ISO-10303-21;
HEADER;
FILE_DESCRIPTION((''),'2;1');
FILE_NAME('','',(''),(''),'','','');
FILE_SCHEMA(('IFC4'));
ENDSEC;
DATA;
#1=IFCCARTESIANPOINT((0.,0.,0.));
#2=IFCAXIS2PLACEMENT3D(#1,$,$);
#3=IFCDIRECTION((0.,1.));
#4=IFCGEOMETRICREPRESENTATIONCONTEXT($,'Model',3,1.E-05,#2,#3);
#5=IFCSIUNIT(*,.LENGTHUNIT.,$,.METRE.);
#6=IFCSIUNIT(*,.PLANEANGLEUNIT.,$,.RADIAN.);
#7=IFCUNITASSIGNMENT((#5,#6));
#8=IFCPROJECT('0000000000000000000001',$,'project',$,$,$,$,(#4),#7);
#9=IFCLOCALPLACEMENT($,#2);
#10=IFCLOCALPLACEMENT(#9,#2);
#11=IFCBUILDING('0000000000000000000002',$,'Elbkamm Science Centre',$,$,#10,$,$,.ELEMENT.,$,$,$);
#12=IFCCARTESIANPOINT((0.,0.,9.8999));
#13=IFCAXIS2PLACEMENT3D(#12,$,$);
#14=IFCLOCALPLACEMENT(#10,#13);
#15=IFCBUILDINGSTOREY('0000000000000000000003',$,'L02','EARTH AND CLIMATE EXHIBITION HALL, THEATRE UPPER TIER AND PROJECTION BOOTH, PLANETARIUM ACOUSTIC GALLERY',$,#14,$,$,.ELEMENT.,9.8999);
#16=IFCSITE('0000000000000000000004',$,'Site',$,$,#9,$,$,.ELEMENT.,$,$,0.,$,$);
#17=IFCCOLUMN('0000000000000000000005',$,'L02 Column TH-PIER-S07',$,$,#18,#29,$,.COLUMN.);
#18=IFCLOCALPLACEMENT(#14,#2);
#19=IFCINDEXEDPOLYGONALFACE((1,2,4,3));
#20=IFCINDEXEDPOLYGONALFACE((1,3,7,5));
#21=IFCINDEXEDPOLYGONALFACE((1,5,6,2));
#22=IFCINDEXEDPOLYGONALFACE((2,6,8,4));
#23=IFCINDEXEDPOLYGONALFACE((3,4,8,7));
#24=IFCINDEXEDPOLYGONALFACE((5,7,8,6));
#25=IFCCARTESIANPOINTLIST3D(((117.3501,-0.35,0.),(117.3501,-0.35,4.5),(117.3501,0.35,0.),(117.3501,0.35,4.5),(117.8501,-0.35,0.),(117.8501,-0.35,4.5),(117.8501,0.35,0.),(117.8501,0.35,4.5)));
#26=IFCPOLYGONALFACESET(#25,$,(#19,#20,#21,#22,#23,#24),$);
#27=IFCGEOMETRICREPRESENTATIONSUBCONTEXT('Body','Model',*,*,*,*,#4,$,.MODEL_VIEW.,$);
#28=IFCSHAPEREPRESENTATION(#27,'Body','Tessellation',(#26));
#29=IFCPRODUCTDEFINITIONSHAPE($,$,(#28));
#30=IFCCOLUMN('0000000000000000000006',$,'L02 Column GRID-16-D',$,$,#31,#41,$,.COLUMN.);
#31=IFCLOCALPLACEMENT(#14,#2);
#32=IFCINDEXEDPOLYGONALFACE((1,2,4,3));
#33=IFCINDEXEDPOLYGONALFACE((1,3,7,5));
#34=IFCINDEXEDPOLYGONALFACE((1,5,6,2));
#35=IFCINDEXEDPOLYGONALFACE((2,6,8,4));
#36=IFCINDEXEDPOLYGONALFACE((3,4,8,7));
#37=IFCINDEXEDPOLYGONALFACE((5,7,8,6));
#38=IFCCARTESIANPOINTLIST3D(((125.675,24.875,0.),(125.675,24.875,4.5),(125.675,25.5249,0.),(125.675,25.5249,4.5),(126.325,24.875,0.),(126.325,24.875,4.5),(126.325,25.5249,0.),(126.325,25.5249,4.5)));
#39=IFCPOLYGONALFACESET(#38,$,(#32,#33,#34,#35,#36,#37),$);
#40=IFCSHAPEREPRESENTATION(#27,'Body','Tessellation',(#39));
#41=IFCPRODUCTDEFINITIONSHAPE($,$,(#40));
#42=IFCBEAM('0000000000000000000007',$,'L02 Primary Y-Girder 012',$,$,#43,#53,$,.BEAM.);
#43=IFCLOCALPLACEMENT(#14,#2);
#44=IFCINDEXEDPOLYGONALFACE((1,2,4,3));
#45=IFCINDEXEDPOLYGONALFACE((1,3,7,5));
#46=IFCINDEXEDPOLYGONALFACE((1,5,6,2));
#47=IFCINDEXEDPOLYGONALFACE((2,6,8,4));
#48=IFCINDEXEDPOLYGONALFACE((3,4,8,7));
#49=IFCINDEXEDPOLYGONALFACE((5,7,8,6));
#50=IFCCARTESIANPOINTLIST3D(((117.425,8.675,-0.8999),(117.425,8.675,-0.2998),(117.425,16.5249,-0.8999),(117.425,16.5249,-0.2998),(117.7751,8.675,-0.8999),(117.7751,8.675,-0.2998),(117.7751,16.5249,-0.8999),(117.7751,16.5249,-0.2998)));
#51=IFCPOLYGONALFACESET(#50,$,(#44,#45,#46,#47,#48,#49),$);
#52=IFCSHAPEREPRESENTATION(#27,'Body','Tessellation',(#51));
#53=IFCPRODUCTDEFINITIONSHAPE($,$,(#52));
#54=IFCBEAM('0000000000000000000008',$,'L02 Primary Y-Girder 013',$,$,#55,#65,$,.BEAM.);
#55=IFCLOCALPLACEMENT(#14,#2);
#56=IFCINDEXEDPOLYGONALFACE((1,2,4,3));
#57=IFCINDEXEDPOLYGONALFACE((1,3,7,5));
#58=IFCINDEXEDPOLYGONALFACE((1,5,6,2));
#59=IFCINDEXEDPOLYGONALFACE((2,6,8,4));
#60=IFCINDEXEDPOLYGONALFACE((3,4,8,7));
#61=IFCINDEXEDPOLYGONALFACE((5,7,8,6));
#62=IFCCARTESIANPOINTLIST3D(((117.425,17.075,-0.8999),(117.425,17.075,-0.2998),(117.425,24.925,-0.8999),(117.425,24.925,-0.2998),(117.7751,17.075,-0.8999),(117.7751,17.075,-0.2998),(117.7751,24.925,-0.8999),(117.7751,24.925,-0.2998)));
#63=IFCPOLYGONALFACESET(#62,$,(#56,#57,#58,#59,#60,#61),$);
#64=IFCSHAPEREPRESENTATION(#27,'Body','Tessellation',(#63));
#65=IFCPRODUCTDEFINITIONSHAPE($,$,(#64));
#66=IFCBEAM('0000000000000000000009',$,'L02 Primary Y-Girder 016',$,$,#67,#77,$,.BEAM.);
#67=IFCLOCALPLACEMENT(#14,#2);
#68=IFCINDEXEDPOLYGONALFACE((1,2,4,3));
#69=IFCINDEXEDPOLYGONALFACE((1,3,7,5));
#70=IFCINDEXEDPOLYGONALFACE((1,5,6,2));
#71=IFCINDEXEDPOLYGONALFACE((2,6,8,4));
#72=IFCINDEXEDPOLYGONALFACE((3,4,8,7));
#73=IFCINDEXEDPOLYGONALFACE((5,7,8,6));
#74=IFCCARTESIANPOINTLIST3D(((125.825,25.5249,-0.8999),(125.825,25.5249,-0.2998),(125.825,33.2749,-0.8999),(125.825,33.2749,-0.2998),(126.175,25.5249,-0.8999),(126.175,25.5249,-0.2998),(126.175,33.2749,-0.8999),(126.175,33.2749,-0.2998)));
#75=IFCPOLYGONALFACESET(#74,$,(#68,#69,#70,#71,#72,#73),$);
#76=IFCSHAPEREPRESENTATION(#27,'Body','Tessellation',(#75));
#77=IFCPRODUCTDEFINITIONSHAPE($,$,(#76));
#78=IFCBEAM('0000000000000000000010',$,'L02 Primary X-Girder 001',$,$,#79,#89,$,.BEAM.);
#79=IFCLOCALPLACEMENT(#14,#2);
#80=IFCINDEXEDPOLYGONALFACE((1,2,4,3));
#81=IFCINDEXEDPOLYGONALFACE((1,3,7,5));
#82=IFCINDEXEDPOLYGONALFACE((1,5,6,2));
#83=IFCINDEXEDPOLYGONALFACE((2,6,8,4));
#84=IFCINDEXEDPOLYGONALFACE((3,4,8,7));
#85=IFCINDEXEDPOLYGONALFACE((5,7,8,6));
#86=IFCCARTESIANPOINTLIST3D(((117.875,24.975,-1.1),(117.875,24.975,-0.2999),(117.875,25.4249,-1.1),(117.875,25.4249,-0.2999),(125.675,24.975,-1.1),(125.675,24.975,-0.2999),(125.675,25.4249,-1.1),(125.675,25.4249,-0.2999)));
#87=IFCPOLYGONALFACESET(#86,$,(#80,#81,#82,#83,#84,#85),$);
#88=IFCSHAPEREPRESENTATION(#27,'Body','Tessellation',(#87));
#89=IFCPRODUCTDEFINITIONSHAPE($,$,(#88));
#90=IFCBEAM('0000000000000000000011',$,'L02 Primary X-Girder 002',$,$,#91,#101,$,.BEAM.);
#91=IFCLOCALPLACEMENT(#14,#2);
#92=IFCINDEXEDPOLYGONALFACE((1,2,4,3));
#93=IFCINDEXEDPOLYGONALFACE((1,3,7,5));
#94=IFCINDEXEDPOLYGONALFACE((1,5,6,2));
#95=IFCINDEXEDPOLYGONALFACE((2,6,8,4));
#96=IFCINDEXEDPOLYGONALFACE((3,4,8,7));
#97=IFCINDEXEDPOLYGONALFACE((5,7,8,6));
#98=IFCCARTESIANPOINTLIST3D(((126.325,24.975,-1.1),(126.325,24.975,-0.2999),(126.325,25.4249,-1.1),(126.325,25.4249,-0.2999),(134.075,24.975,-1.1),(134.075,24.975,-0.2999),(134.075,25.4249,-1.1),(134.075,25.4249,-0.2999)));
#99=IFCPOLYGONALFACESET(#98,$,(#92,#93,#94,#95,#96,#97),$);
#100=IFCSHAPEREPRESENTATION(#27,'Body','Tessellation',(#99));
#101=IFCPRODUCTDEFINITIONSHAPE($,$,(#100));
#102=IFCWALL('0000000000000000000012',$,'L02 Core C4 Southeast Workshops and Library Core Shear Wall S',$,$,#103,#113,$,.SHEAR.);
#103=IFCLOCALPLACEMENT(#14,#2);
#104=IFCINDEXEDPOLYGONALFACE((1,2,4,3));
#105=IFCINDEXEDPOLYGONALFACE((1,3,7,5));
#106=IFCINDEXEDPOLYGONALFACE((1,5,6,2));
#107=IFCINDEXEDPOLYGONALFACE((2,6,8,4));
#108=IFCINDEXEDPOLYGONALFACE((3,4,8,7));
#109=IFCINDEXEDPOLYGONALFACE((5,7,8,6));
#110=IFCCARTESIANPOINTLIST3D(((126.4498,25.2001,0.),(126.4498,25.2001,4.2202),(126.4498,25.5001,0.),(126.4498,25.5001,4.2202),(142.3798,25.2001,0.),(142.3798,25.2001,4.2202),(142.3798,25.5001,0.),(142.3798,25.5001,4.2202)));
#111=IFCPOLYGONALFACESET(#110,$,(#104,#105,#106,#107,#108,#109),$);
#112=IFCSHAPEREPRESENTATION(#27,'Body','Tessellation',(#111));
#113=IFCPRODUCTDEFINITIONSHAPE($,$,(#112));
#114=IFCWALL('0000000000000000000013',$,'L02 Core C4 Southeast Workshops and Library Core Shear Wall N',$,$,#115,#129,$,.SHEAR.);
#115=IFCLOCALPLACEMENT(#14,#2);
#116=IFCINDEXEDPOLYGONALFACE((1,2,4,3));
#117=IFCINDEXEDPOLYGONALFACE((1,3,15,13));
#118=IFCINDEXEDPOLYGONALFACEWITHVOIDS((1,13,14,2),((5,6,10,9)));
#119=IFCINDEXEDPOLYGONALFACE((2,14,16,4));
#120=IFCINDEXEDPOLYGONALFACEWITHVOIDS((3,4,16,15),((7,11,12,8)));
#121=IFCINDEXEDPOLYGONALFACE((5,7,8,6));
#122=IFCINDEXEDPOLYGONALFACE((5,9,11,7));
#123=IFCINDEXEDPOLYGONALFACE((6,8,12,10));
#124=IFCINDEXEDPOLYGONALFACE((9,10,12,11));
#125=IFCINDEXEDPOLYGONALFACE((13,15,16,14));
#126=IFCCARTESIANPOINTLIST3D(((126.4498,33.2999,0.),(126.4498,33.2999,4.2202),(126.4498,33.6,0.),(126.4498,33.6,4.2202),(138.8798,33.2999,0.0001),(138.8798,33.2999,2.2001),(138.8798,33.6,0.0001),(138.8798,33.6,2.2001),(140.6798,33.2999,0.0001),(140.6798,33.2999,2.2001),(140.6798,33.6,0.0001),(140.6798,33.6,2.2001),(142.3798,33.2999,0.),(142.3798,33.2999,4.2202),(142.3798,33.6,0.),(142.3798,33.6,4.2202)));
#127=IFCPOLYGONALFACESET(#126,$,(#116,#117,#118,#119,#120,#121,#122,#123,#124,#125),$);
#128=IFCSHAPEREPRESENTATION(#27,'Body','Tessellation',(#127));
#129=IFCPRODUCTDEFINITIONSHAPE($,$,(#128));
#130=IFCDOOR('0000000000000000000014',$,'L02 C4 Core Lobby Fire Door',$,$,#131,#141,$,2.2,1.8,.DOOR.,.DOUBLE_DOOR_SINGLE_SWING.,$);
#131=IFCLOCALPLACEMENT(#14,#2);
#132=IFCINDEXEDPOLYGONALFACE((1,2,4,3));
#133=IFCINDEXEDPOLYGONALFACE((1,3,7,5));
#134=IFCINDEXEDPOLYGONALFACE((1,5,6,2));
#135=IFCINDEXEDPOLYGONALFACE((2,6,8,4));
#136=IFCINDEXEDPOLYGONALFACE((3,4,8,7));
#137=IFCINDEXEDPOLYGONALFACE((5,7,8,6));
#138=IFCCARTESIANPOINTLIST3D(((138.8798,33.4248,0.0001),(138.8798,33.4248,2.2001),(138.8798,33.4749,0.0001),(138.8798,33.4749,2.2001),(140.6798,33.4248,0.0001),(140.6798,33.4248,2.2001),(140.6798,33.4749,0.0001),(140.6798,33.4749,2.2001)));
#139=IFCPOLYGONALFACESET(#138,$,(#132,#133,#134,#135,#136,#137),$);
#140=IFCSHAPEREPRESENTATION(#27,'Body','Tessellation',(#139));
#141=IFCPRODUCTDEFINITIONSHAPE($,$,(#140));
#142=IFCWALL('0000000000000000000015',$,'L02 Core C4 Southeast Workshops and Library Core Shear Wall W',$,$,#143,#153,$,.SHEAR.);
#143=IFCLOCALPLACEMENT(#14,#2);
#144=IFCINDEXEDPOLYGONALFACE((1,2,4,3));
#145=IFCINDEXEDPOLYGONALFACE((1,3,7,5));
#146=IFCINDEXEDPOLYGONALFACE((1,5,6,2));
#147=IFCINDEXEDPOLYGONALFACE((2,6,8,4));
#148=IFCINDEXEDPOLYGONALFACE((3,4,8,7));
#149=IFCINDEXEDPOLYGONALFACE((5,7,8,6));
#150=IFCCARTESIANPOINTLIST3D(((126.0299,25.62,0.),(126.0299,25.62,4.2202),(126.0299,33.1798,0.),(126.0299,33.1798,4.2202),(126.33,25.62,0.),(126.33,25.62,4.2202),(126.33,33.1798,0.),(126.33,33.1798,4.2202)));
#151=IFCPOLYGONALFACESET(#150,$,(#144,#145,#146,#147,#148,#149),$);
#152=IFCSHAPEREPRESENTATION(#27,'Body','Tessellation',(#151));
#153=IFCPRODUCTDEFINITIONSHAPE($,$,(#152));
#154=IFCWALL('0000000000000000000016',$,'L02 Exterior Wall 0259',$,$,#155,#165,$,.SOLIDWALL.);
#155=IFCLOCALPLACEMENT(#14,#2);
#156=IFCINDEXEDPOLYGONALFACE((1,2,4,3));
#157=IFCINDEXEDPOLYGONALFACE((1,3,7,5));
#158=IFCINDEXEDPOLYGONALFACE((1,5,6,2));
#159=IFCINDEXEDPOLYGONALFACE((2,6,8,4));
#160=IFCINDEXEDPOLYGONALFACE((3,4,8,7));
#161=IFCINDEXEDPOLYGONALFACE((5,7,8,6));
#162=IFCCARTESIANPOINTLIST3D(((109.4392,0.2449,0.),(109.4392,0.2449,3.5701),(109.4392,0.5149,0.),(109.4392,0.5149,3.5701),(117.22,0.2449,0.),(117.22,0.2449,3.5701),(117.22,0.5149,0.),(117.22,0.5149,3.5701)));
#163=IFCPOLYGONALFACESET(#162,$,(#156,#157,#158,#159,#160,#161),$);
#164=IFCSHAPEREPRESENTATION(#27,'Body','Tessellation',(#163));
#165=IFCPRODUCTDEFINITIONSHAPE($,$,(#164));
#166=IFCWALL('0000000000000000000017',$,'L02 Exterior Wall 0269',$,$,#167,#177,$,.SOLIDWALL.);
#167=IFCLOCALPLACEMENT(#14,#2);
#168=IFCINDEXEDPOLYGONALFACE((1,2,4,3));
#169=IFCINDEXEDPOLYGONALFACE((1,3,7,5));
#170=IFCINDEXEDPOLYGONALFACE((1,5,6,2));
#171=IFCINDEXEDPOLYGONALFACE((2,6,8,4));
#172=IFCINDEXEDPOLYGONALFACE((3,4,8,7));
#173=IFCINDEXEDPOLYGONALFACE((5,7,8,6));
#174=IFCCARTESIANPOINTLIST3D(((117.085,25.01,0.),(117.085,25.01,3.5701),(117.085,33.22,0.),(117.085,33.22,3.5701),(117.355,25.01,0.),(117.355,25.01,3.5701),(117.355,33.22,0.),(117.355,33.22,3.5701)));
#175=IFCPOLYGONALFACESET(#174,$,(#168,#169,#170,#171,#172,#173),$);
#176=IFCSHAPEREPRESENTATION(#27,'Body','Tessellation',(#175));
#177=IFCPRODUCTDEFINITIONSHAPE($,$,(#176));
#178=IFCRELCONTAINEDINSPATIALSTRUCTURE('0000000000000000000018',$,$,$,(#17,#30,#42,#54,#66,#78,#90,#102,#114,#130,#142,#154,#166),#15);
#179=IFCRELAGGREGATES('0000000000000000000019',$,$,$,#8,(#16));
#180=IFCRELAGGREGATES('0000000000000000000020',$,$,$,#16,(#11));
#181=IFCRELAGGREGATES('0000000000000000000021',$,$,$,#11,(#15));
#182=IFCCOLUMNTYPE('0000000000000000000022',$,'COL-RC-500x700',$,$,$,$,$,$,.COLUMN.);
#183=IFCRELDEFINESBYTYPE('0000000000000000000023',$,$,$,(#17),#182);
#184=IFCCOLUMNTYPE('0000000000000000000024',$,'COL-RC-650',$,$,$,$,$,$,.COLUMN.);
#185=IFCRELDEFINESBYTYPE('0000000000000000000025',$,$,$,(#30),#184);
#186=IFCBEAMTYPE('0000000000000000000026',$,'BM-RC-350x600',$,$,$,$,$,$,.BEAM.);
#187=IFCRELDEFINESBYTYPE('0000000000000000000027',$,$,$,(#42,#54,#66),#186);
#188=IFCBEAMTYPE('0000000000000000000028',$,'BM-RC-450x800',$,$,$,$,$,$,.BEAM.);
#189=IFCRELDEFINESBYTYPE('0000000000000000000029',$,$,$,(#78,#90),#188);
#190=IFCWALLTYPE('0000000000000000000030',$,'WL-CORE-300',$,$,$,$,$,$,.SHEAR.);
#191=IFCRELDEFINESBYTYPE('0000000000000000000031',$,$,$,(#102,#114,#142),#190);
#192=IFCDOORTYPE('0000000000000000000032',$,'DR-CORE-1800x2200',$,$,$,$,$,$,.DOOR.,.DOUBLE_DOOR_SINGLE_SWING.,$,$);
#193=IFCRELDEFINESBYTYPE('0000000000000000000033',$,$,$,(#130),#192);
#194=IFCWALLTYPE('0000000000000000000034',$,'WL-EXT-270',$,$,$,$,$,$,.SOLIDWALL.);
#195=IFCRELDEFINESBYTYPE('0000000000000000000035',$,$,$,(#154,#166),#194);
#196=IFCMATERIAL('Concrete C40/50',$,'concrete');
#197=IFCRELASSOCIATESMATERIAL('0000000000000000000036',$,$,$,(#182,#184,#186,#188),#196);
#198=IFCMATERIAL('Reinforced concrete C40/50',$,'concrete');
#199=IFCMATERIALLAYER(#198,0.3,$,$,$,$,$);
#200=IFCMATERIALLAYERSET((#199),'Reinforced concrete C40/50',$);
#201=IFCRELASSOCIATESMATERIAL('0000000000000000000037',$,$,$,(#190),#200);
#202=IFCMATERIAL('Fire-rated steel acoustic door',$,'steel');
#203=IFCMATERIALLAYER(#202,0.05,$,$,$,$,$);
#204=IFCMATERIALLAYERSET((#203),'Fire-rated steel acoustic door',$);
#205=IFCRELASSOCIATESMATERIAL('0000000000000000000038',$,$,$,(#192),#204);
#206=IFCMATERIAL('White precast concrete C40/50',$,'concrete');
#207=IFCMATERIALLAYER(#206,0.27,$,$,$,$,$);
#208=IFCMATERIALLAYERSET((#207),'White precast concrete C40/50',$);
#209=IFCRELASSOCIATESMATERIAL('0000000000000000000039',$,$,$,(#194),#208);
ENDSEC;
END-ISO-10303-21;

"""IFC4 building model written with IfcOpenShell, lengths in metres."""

from ifc_helpers import new_model, si_unit, direction, frame, frame_2d, origin, origin_2d, place, context, subcontext, project, spatial, rectangle, extrude, material, layer, layer_set, material_profile, profile_set, type_object, element, fill, save


model = new_model("IFC4")

# Units and contexts
model_context = context("Model", 3, precision=1e-05, world=origin(), true_north=direction((0.0, 1.0)))
body_context = subcontext(model_context, "Body", "Model", "MODEL_VIEW")
ifc_project = project(units=[si_unit("LENGTHUNIT", "METRE"), si_unit("PLANEANGLEUNIT", "RADIAN")], contexts=[model_context])

# Site, building, storey
site_placement = place(None, origin())
site = spatial("IfcSite", under=ifc_project, at=site_placement, Name="Site", CompositionType="ELEMENT", RefElevation=0.0)
building_placement = place(site_placement, origin())
building = spatial("IfcBuilding", under=site, at=building_placement, Name="Elbkamm Science Centre", CompositionType="ELEMENT")
storey_placement = place(building_placement, frame((0.0, 0.0, 9.8999)))
storey = spatial("IfcBuildingStorey", under=building, at=storey_placement, Name="L02", Description="EARTH AND CLIMATE EXHIBITION HALL, THEATRE UPPER TIER AND PROJECTION BOOTH, PLANETARIUM ACOUSTIC GALLERY", CompositionType="ELEMENT", Elevation=9.8999)

# Columns
ifc_material_1 = material(Name="Concrete C40/50", Category="concrete")
ifc_material_profile_1 = material_profile(ifc_material_1, rectangle(XDim=0.5, YDim=0.7, at=origin_2d()), Name="RC 500x700")
ifc_profile_set_1 = profile_set([ifc_material_profile_1], Name="Concrete C40/50")
column_type_1 = type_object("IfcColumnType", Name="COL-RC-500x700", PredefinedType="COLUMN", material=ifc_profile_set_1)
column_1_placement = place(storey_placement, frame((117.6001, 0.0, 0.0), z_axis=(0.0, 0.0, 1.0), x_axis=(1.0, 0.0, 0.0)))
element("IfcColumn", 1, at=column_1_placement, inside=storey, type_object=column_type_1, Name="L02 Column TH-PIER-S07", PredefinedType="COLUMN", context=body_context, shape_type="SweptSolid", body=[
    extrude(rectangle(XDim=0.5, YDim=0.7, at=origin_2d()), origin(), (0.0, 0.0, 1.0), 4.5),
])
ifc_material_profile_2 = material_profile(ifc_material_1, rectangle(XDim=0.6499, YDim=0.6499, at=origin_2d()), Name="RC 650x650")
ifc_profile_set_2 = profile_set([ifc_material_profile_2], Name="Concrete C40/50")
column_type_2 = type_object("IfcColumnType", Name="COL-RC-650", PredefinedType="COLUMN", material=ifc_profile_set_2)
column_2_placement = place(storey_placement, frame((126.0, 25.2, 0.0), z_axis=(0.0, 0.0, 1.0), x_axis=(1.0, 0.0, 0.0)))
element("IfcColumn", 2, at=column_2_placement, inside=storey, type_object=column_type_2, Name="L02 Column GRID-16-D", PredefinedType="COLUMN", context=body_context, shape_type="SweptSolid", body=[
    extrude(rectangle(XDim=0.6499, YDim=0.6499, at=origin_2d()), origin(), (0.0, 0.0, 1.0), 4.5),
])

# Beams
ifc_material_profile_3 = material_profile(ifc_material_1, rectangle(XDim=0.3501, YDim=0.6001, at=origin_2d()), Name="RC 350x600")
ifc_profile_set_3 = profile_set([ifc_material_profile_3], Name="Concrete C40/50")
beam_type_1 = type_object("IfcBeamType", Name="BM-RC-350x600", PredefinedType="BEAM", material=ifc_profile_set_3)
beam_1_placement = place(storey_placement, frame((117.6001, 8.675, -0.5999), z_axis=(0.0, 1.0, 0.0), x_axis=(-1.0, 0.0, 0.0)))
element("IfcBeam", 3, at=beam_1_placement, inside=storey, type_object=beam_type_1, Name="L02 Primary Y-Girder 012", PredefinedType="BEAM", context=body_context, shape_type="SweptSolid", body=[
    extrude(rectangle(XDim=0.3501, YDim=0.6001, at=origin_2d()), origin(), (0.0, 0.0, 1.0), 7.8499),
])
beam_2_placement = place(storey_placement, frame((117.6001, 17.075, -0.5999), z_axis=(0.0, 1.0, 0.0), x_axis=(-1.0, 0.0, 0.0)))
element("IfcBeam", 4, at=beam_2_placement, inside=storey, type_object=beam_type_1, Name="L02 Primary Y-Girder 013", PredefinedType="BEAM", context=body_context, shape_type="SweptSolid", body=[
    extrude(rectangle(XDim=0.3501, YDim=0.6001, at=origin_2d()), origin(), (0.0, 0.0, 1.0), 7.8501),
])
beam_3_placement = place(storey_placement, frame((126.0, 25.5249, -0.5999), z_axis=(0.0, 1.0, 0.0), x_axis=(-1.0, 0.0, 0.0)))
element("IfcBeam", 5, at=beam_3_placement, inside=storey, type_object=beam_type_1, Name="L02 Primary Y-Girder 016", PredefinedType="BEAM", context=body_context, shape_type="SweptSolid", body=[
    extrude(rectangle(XDim=0.3501, YDim=0.6001, at=origin_2d()), origin(), (0.0, 0.0, 1.0), 7.75),
])
ifc_material_profile_4 = material_profile(ifc_material_1, rectangle(XDim=0.45, YDim=0.8, at=origin_2d()), Name="RC 450x800")
ifc_profile_set_4 = profile_set([ifc_material_profile_4], Name="Concrete C40/50")
beam_type_2 = type_object("IfcBeamType", Name="BM-RC-450x800", PredefinedType="BEAM", material=ifc_profile_set_4)
beam_4_placement = place(storey_placement, frame((117.875, 25.2, -0.7), z_axis=(1.0, 0.0, 0.0), x_axis=(0.0, 1.0, 0.0)))
element("IfcBeam", 6, at=beam_4_placement, inside=storey, type_object=beam_type_2, Name="L02 Primary X-Girder 001", PredefinedType="BEAM", context=body_context, shape_type="SweptSolid", body=[
    extrude(rectangle(XDim=0.45, YDim=0.8, at=origin_2d()), origin(), (0.0, 0.0, 1.0), 7.8),
])
beam_5_placement = place(storey_placement, frame((126.325, 25.2, -0.7), z_axis=(1.0, 0.0, 0.0), x_axis=(0.0, 1.0, 0.0)))
element("IfcBeam", 7, at=beam_5_placement, inside=storey, type_object=beam_type_2, Name="L02 Primary X-Girder 002", PredefinedType="BEAM", context=body_context, shape_type="SweptSolid", body=[
    extrude(rectangle(XDim=0.45, YDim=0.8, at=origin_2d()), origin(), (0.0, 0.0, 1.0), 7.75),
])

# Wall
ifc_material_2 = material(Name="Reinforced concrete C40/50", Category="concrete")
ifc_layer_1 = layer(ifc_material_2, 0.3)
ifc_layer_set_1 = layer_set([ifc_layer_1], Name="Reinforced concrete C40/50")
wall_type_1 = type_object("IfcWallType", Name="WL-CORE-300", PredefinedType="SHEAR", material=ifc_layer_set_1)
wall_1_placement = place(storey_placement, frame((126.45, 25.3501, 0.0), z_axis=(0.0, 0.0, 1.0), x_axis=(1.0, 0.0, 0.0)))
element("IfcWall", 8, at=wall_1_placement, inside=storey, type_object=wall_type_1, Name="L02 Core C4 Southeast Workshops and Library Core Shear Wall S", PredefinedType="SHEAR", context=body_context, shape_type="SweptSolid", body=[
    extrude(rectangle(XDim=15.9299, YDim=0.3, at=frame_2d((7.9648, 0.0))), origin(), (0.0, 0.0, 1.0), 4.2202),
])

# Wall, opening, door
wall_2_placement = place(storey_placement, frame((126.45, 33.45, 0.0), z_axis=(0.0, 0.0, 1.0), x_axis=(1.0, 0.0, 0.0)))
wall_2 = element("IfcWall", 9, at=wall_2_placement, inside=storey, type_object=wall_type_1, Name="L02 Core C4 Southeast Workshops and Library Core Shear Wall N", PredefinedType="SHEAR", context=body_context, shape_type="SweptSolid", body=[
    extrude(rectangle(XDim=15.9299, YDim=0.3, at=frame_2d((7.9648, 0.0))), origin(), (0.0, 0.0, 1.0), 4.2202),
])
opening_1_placement = place(wall_2_placement, frame((12.4299, 0.0, 0.0)))
opening_1 = element("IfcOpeningElement", 10, at=opening_1_placement, cuts=wall_2, PredefinedType="OPENING", context=body_context, shape_type="SweptSolid", body=[
    extrude(rectangle(XDim=1.8, YDim=2.2, at=frame_2d((0.8999, 1.1001))), frame((0.0, 0.1621, 0.0), z_axis=(0.0, -1.0, 0.0), x_axis=(1.0, 0.0, 0.0)), (0.0, 0.0, 1.0), 0.324),
])
ifc_material_3 = material(Name="Fire-rated steel acoustic door", Category="steel")
ifc_layer_2 = layer(ifc_material_3, 0.05)
ifc_layer_set_2 = layer_set([ifc_layer_2], Name="Fire-rated steel acoustic door")
door_type_1 = type_object("IfcDoorType", Name="DR-CORE-1800x2200", OperationType="DOUBLE_DOOR_SINGLE_SWING", PredefinedType="DOOR", material=ifc_layer_set_2)
door_1_placement = place(opening_1_placement, origin())
door_1 = element("IfcDoor", 11, at=door_1_placement, inside=storey, type_object=door_type_1, Name="L02 C4 Core Lobby Fire Door", OperationType="DOUBLE_DOOR_SINGLE_SWING", OverallHeight=2.2, OverallWidth=1.8, PredefinedType="DOOR", context=body_context, shape_type="SweptSolid", body=[
    extrude(rectangle(XDim=1.8, YDim=2.2, at=frame_2d((0.8999, 1.1001))), frame((0.0, 0.0249, 0.0), z_axis=(0.0, -1.0, 0.0), x_axis=(1.0, 0.0, 0.0)), (0.0, 0.0, 1.0), 0.05),
])
fill(opening_1, door_1)

# Walls
wall_3_placement = place(storey_placement, frame((126.1799, 25.6201, 0.0), z_axis=(0.0, 0.0, 1.0), x_axis=(0.0, 1.0, 0.0)))
element("IfcWall", 12, at=wall_3_placement, inside=storey, type_object=wall_type_1, Name="L02 Core C4 Southeast Workshops and Library Core Shear Wall W", PredefinedType="SHEAR", context=body_context, shape_type="SweptSolid", body=[
    extrude(rectangle(XDim=7.5598, YDim=0.3, at=frame_2d((3.7798, 0.0))), origin(), (0.0, 0.0, 1.0), 4.2202),
])
ifc_material_4 = material(Name="White precast concrete C40/50", Category="concrete")
ifc_layer_3 = layer(ifc_material_4, 0.27)
ifc_layer_set_3 = layer_set([ifc_layer_3], Name="White precast concrete C40/50")
wall_type_2 = type_object("IfcWallType", Name="WL-EXT-270", PredefinedType="SOLIDWALL", material=ifc_layer_set_3)
wall_4_placement = place(storey_placement, frame((117.22, 0.3799, 0.0), z_axis=(0.0, 0.0, 1.0), x_axis=(-1.0, 0.0, 0.0)))
element("IfcWall", 13, at=wall_4_placement, inside=storey, type_object=wall_type_2, Name="L02 Exterior Wall 0259", PredefinedType="SOLIDWALL", context=body_context, shape_type="SweptSolid", body=[
    extrude(rectangle(XDim=7.7808, YDim=0.27, at=frame_2d((3.8904, 0.0))), origin(), (0.0, 0.0, 1.0), 3.5701),
])
wall_5_placement = place(storey_placement, frame((117.22, 33.22, 0.0), z_axis=(0.0, 0.0, 1.0), x_axis=(0.0, -1.0, 0.0)))
element("IfcWall", 14, at=wall_5_placement, inside=storey, type_object=wall_type_2, Name="L02 Exterior Wall 0269", PredefinedType="SOLIDWALL", context=body_context, shape_type="SweptSolid", body=[
    extrude(rectangle(XDim=8.21, YDim=0.27, at=frame_2d((4.105, 0.0))), origin(), (0.0, 0.0, 1.0), 3.5701),
])

save(model, "model.ifc")
